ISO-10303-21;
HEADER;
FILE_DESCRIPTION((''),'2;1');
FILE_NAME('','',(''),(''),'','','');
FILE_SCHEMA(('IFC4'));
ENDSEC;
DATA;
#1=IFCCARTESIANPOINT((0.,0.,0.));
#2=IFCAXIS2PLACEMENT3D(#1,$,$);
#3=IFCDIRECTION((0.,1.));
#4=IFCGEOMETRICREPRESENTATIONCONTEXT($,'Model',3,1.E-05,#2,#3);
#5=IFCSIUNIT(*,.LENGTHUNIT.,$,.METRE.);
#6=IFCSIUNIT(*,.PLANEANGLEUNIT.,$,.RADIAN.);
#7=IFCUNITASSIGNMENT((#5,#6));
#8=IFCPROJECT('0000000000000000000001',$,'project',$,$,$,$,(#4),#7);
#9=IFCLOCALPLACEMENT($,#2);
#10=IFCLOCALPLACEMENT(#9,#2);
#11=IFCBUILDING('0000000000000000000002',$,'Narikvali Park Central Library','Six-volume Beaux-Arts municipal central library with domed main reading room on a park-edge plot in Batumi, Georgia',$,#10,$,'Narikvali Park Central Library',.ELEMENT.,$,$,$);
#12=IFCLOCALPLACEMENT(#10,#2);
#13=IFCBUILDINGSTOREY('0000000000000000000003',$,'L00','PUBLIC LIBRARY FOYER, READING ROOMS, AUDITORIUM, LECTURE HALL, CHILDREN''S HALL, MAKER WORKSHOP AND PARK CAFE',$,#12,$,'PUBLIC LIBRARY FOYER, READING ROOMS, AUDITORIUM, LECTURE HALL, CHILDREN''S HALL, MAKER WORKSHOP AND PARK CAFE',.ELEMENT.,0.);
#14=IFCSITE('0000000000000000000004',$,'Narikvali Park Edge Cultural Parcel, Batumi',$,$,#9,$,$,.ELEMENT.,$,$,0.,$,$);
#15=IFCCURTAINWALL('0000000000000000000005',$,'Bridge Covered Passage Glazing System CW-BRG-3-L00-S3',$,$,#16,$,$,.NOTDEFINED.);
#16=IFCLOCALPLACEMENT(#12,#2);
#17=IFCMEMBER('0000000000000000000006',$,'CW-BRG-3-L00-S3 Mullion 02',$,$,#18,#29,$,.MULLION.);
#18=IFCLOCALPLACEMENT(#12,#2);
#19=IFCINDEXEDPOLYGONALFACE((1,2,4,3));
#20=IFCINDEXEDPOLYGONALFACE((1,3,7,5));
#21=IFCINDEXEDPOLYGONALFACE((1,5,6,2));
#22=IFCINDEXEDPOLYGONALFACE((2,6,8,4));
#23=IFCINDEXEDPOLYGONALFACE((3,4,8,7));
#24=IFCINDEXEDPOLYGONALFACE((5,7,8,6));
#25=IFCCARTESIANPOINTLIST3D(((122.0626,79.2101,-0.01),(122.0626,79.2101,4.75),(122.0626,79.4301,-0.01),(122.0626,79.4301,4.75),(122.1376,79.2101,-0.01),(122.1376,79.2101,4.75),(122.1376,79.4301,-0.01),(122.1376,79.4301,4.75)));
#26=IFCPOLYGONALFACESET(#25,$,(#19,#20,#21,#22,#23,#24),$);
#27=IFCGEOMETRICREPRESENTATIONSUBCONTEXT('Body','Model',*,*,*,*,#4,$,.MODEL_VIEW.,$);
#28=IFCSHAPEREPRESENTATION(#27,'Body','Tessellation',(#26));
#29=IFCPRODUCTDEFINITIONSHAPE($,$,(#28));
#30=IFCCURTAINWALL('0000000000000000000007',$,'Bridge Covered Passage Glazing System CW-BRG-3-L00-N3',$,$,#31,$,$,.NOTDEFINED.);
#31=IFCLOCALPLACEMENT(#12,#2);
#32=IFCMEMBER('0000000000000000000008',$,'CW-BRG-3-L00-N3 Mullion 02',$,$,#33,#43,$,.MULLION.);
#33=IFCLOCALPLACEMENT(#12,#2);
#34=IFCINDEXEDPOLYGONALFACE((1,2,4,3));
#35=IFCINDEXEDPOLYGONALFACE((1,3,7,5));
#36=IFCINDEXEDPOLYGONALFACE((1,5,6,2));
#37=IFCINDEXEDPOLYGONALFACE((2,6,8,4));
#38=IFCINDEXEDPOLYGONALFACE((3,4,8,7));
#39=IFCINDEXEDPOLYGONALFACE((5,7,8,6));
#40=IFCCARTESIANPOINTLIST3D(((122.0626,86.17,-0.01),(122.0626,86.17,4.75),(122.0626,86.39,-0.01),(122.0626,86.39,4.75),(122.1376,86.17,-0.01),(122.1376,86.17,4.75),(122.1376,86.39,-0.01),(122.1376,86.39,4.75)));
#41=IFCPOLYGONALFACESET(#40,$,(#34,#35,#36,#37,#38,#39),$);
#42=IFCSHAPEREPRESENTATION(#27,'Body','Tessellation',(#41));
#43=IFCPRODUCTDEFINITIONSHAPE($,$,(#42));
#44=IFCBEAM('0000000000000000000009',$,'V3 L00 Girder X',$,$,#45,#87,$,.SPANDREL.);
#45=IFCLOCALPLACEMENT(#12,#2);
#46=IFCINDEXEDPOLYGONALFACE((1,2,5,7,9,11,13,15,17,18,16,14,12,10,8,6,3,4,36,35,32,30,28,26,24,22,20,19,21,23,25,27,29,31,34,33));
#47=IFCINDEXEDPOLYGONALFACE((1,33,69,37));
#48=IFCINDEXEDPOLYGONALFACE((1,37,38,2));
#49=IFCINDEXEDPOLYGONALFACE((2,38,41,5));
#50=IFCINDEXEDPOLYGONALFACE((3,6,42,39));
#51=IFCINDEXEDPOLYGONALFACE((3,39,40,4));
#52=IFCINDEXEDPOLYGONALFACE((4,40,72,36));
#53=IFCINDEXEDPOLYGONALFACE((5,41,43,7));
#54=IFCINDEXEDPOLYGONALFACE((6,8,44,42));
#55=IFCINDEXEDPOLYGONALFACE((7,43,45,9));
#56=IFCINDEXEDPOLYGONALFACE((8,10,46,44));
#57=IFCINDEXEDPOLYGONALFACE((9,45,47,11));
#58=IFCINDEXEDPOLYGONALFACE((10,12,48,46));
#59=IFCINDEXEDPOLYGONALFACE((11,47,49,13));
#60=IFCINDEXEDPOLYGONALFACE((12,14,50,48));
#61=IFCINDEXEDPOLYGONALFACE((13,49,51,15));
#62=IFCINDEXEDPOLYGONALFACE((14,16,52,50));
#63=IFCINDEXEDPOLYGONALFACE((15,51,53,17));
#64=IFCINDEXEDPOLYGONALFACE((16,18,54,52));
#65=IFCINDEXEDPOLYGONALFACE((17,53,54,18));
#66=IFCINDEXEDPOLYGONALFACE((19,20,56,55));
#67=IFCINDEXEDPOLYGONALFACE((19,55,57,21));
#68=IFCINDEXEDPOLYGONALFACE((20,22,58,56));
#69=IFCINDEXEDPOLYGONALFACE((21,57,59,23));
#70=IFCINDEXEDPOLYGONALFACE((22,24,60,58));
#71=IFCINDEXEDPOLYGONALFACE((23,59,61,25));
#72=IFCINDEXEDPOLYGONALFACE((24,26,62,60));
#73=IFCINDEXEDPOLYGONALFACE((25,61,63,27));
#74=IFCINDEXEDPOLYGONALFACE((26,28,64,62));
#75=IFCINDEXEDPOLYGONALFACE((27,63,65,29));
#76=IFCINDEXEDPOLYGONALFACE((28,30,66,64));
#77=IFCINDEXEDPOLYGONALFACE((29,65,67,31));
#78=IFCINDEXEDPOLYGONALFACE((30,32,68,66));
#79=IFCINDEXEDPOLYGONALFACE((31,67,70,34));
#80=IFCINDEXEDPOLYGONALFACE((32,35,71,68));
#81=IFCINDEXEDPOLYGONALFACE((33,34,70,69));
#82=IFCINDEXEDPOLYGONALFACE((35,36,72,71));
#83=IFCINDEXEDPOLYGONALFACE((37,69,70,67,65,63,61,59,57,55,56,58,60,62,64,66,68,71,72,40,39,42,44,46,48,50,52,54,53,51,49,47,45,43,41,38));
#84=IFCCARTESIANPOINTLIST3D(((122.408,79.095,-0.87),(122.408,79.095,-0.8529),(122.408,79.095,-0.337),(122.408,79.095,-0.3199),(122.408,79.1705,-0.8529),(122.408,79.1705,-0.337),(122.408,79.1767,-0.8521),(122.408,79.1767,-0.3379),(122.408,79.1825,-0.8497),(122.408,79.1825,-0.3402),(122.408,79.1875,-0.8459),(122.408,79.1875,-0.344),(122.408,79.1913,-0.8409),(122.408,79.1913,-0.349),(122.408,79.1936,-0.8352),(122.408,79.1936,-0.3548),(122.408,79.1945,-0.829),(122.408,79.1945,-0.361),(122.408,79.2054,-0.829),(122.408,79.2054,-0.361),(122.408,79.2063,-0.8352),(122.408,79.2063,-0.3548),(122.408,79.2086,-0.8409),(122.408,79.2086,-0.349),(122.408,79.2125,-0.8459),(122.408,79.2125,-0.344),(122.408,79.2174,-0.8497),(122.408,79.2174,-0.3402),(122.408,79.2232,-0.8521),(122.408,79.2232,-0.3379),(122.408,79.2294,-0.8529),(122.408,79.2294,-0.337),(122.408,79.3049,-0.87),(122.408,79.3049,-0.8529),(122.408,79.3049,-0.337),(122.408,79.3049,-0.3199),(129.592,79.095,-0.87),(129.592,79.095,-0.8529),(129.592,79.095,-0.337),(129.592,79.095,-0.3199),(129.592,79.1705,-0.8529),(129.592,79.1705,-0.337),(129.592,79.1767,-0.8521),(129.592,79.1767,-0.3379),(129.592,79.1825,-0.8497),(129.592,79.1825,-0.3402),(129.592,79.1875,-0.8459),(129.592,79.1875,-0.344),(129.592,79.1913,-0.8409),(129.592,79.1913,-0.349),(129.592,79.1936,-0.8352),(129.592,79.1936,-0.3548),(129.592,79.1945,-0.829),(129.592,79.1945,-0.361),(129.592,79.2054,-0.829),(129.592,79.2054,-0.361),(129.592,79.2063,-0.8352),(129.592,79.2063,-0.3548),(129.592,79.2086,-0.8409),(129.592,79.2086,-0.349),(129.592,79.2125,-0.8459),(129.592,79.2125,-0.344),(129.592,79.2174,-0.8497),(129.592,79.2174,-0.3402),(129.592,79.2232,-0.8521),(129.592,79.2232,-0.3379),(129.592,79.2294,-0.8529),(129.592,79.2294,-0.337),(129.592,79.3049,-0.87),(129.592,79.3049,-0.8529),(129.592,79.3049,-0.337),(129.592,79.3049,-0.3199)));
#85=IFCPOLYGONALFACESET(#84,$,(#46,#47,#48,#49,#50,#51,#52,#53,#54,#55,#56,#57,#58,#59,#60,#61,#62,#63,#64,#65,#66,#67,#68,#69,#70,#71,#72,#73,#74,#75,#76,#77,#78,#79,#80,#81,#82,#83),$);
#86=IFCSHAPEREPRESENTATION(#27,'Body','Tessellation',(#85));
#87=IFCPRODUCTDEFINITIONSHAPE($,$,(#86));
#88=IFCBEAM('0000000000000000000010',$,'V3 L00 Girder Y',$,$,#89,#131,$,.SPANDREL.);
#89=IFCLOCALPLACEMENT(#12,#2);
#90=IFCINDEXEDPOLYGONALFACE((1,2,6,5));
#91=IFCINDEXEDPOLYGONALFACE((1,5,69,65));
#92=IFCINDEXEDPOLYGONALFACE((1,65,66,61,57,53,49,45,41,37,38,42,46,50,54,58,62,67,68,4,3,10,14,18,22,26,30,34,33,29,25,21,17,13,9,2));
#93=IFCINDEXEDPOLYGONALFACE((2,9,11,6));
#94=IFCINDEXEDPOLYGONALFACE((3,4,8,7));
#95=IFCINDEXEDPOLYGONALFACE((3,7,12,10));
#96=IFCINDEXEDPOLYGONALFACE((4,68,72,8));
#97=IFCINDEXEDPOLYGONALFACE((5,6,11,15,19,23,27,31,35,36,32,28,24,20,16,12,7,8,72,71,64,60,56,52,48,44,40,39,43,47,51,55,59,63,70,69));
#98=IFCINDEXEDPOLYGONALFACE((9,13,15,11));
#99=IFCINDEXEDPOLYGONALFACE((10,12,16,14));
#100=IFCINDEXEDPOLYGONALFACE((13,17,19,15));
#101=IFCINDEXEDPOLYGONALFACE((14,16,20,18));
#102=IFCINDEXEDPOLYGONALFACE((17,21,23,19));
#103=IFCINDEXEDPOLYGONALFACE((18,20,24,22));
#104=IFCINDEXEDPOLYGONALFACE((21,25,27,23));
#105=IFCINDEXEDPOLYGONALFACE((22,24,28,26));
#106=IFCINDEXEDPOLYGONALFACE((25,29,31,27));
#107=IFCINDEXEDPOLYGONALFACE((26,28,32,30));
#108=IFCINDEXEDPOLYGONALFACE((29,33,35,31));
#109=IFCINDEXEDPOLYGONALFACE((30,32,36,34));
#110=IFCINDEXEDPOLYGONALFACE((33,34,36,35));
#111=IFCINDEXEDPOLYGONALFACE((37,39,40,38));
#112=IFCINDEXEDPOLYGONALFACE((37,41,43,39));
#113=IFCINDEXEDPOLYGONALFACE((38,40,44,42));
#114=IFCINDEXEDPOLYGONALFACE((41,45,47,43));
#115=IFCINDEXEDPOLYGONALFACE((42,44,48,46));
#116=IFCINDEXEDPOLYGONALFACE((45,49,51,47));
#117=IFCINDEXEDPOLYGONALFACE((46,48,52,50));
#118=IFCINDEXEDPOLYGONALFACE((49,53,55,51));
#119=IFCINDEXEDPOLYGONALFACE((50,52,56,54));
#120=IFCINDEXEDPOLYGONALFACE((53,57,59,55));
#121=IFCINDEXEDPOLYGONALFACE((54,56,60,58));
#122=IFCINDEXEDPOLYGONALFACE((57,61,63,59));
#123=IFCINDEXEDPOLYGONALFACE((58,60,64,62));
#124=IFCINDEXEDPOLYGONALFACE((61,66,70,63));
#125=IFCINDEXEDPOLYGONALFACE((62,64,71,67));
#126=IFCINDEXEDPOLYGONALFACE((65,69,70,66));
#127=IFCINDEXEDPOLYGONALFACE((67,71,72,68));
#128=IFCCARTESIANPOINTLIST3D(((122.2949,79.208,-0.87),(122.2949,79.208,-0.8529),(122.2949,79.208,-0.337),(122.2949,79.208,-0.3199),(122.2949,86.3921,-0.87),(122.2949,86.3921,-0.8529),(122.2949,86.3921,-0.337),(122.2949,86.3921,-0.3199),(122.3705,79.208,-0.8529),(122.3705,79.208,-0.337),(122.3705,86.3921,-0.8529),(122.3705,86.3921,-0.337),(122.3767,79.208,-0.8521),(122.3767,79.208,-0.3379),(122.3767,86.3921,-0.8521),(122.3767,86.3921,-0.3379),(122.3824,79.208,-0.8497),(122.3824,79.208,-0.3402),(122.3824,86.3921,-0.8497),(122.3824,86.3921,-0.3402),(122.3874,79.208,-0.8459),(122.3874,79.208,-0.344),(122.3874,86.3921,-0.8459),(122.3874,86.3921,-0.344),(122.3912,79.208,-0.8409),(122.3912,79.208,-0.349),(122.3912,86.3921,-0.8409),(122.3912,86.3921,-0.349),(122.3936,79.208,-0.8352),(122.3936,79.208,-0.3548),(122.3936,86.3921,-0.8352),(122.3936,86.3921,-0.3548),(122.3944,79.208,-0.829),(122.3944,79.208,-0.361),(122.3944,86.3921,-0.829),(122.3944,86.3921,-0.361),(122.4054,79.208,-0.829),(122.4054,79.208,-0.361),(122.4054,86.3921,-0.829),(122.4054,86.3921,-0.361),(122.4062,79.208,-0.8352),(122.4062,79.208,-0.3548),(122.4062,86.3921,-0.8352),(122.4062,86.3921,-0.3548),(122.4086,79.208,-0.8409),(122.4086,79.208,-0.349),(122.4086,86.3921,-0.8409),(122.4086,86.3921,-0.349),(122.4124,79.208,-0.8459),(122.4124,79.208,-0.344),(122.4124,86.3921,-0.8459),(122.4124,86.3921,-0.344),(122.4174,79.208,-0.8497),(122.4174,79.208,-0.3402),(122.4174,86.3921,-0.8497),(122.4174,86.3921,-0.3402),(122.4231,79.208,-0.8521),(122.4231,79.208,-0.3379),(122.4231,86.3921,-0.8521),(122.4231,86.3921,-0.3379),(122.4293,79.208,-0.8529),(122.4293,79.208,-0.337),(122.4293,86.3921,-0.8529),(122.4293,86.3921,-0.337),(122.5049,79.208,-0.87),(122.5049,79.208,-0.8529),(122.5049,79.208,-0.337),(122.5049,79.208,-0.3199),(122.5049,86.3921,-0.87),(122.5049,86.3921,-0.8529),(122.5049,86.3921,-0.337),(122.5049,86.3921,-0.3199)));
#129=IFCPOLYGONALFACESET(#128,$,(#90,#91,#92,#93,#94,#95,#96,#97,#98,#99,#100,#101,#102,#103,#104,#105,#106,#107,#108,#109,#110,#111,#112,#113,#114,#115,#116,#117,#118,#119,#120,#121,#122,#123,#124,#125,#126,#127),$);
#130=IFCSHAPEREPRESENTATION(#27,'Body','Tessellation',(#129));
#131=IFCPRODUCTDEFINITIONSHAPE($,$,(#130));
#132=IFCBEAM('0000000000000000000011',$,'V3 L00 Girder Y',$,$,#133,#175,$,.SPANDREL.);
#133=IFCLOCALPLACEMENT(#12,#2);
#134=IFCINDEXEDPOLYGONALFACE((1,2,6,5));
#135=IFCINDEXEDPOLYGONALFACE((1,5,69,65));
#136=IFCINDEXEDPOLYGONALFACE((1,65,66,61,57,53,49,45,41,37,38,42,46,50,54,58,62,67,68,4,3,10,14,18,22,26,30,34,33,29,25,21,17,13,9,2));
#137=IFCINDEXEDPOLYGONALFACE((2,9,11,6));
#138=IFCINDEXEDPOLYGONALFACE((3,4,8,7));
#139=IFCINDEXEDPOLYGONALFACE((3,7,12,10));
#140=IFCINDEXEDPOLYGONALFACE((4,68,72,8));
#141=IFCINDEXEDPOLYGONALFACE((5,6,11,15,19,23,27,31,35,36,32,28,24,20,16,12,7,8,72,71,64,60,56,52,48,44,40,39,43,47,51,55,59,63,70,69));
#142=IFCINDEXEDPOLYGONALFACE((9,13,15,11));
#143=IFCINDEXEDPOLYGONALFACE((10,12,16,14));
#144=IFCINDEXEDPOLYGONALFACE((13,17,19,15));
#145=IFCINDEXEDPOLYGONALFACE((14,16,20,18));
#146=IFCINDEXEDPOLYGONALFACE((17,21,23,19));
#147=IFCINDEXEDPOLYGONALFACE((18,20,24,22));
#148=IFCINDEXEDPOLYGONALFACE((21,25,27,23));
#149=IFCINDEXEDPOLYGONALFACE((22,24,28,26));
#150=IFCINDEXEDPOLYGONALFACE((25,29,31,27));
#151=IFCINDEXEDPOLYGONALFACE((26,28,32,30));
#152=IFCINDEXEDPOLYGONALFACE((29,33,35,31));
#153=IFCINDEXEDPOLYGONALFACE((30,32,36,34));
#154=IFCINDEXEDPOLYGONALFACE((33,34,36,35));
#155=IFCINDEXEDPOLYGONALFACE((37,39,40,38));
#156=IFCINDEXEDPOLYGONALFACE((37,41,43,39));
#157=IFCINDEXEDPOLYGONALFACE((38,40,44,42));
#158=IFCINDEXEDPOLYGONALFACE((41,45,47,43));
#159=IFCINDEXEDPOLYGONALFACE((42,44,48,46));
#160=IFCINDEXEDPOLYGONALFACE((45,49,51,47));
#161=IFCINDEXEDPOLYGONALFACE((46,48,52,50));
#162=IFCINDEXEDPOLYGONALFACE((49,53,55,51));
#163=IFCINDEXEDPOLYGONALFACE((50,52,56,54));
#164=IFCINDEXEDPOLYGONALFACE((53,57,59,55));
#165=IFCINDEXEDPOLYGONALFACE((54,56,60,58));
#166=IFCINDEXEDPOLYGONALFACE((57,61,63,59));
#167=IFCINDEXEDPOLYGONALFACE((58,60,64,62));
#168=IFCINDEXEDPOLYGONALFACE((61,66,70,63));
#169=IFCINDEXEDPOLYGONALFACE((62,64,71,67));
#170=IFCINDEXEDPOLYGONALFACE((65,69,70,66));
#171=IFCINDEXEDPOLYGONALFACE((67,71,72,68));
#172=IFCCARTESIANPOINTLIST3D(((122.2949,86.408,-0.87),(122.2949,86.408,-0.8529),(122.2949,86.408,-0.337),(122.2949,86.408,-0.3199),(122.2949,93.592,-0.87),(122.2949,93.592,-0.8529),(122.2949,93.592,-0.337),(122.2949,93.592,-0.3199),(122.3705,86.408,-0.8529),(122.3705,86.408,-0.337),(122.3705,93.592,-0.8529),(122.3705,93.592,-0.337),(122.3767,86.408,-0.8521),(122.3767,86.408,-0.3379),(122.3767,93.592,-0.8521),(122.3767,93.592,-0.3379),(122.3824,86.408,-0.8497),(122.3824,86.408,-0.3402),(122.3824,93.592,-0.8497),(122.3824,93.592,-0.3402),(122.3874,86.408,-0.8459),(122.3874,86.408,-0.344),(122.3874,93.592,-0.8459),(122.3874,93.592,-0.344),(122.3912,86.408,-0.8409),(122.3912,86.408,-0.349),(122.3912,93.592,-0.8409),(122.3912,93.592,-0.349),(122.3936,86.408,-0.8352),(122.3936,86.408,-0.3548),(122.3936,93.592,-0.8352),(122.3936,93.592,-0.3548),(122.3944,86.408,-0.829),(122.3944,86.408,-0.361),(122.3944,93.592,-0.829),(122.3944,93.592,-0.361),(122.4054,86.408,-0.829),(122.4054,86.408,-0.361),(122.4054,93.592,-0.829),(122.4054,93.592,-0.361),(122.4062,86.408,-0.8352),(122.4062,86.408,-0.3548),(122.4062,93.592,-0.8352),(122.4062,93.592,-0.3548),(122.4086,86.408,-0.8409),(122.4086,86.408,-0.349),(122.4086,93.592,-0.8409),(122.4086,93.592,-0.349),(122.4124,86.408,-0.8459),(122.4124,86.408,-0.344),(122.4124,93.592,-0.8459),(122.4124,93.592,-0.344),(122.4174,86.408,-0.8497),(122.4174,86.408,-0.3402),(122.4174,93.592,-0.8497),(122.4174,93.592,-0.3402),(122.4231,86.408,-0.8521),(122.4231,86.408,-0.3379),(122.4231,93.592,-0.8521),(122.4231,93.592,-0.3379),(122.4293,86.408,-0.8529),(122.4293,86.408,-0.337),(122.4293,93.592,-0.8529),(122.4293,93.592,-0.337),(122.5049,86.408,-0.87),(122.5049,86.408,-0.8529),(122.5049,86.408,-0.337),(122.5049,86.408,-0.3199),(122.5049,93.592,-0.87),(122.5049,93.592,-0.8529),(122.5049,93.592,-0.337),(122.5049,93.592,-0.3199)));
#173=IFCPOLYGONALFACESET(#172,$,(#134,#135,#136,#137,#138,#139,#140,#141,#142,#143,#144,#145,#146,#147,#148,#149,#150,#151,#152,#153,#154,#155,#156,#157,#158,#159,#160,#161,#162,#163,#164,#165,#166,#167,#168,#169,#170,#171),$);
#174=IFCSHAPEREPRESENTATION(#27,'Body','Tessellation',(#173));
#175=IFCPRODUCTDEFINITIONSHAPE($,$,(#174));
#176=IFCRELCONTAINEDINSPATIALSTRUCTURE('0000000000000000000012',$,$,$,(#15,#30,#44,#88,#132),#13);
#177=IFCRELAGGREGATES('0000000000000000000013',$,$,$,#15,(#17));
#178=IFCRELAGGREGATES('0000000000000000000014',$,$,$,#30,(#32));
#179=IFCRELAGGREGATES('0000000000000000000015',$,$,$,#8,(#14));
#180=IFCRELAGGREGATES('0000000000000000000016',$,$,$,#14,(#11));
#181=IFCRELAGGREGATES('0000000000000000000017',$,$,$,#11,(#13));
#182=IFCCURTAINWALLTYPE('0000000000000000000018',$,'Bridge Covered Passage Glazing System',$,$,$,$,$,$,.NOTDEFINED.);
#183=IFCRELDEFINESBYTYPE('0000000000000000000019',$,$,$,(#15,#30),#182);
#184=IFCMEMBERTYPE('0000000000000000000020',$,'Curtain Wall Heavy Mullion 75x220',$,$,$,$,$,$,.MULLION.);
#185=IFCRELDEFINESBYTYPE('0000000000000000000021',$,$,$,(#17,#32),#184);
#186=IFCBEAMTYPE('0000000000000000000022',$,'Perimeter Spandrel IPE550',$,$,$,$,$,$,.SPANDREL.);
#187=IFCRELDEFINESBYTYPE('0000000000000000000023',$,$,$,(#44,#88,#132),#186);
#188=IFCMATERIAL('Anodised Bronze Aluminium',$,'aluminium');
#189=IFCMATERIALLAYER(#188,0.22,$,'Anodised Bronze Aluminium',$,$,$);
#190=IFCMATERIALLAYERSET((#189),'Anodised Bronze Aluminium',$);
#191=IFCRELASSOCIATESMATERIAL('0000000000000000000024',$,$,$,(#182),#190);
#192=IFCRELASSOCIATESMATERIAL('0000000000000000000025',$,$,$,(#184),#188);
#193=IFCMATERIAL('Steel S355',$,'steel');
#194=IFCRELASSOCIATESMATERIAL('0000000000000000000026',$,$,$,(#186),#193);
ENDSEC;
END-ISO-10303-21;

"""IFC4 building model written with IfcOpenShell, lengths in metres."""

from ifc_helpers import new_model, si_unit, direction, frame, origin, origin_2d, place, context, subcontext, project, spatial, rectangle, i_section, extrude, material, layer, layer_set, material_profile, profile_set, type_object, element, aggregate, save


model = new_model("IFC4")

# Units and contexts
model_context = context("Model", 3, precision=1e-05, world=origin(), true_north=direction((0.0, 1.0)))
body_context = subcontext(model_context, "Body", "Model", "MODEL_VIEW")
ifc_project = project(units=[si_unit("LENGTHUNIT", "METRE"), si_unit("PLANEANGLEUNIT", "RADIAN")], contexts=[model_context])

# Site, building, storey
site_placement = place(None, origin())
site = spatial("IfcSite", under=ifc_project, at=site_placement, Name="Narikvali Park Edge Cultural Parcel, Batumi", CompositionType="ELEMENT", RefElevation=0.0)
building_placement = place(site_placement, origin())
building = spatial("IfcBuilding", under=site, at=building_placement, Name="Narikvali Park Central Library", Description="Six-volume Beaux-Arts municipal central library with domed main reading room on a park-edge plot in Batumi, Georgia", LongName="Narikvali Park Central Library", CompositionType="ELEMENT")
storey_placement = place(building_placement, origin())
storey = spatial("IfcBuildingStorey", under=building, at=storey_placement, Name="L00", Description="PUBLIC LIBRARY FOYER, READING ROOMS, AUDITORIUM, LECTURE HALL, CHILDREN'S HALL, MAKER WORKSHOP AND PARK CAFE", LongName="PUBLIC LIBRARY FOYER, READING ROOMS, AUDITORIUM, LECTURE HALL, CHILDREN'S HALL, MAKER WORKSHOP AND PARK CAFE", CompositionType="ELEMENT", Elevation=0.0)

# Shared definitions
ifc_material_1 = material(Name="Steel S355", Category="steel")

# Curtain walls, members
ifc_material_2 = material(Name="Anodised Bronze Aluminium", Category="aluminium")
ifc_layer_1 = layer(ifc_material_2, 0.22, Name="Anodised Bronze Aluminium")
ifc_layer_set_1 = layer_set([ifc_layer_1], Name="Anodised Bronze Aluminium")
curtain_wall_type = type_object("IfcCurtainWallType", Name="Bridge Covered Passage Glazing System", PredefinedType="NOTDEFINED", material=ifc_layer_set_1)
curtain_wall_1_placement = place(storey_placement, origin())
curtain_wall_1 = element("IfcCurtainWall", 1, at=curtain_wall_1_placement, inside=storey, type_object=curtain_wall_type, Name="Bridge Covered Passage Glazing System CW-BRG-3-L00-S3", PredefinedType="NOTDEFINED")
ifc_material_profile_1 = material_profile(ifc_material_2, rectangle(XDim=0.075, YDim=0.22, at=origin_2d()), Name="CW MULLION 75x220")
ifc_profile_set_1 = profile_set([ifc_material_profile_1], Name="Anodised Bronze Aluminium")
member_type = type_object("IfcMemberType", Name="Curtain Wall Heavy Mullion 75x220", PredefinedType="MULLION", material=ifc_profile_set_1)
member_1_placement = place(storey_placement, frame((122.1001, 79.3201, -0.01), z_axis=(0.0, 0.0, 1.0), x_axis=(1.0, 0.0, 0.0)))
member_1 = element("IfcMember", 2, at=member_1_placement, type_object=member_type, Name="CW-BRG-3-L00-S3 Mullion 02", PredefinedType="MULLION", context=body_context, shape_type="SweptSolid", body=[
    extrude(rectangle(XDim=0.075, YDim=0.22, at=origin_2d()), origin(), (0.0, 0.0, 1.0), 4.76),
])
aggregate(curtain_wall_1, [member_1])
curtain_wall_2_placement = place(storey_placement, origin())
curtain_wall_2 = element("IfcCurtainWall", 3, at=curtain_wall_2_placement, inside=storey, type_object=curtain_wall_type, Name="Bridge Covered Passage Glazing System CW-BRG-3-L00-N3", PredefinedType="NOTDEFINED")
member_2_placement = place(storey_placement, frame((122.1001, 86.28, -0.01), z_axis=(0.0, 0.0, 1.0), x_axis=(1.0, 0.0, 0.0)))
member_2 = element("IfcMember", 4, at=member_2_placement, type_object=member_type, Name="CW-BRG-3-L00-N3 Mullion 02", PredefinedType="MULLION", context=body_context, shape_type="SweptSolid", body=[
    extrude(rectangle(XDim=0.075, YDim=0.22, at=origin_2d()), origin(), (0.0, 0.0, 1.0), 4.76),
])
aggregate(curtain_wall_2, [member_2])

# Beams
ifc_material_profile_2 = material_profile(ifc_material_1, i_section(OverallWidth=0.21, OverallDepth=0.55, WebThickness=0.011, FlangeThickness=0.0171, FilletRadius=0.0239, at=origin_2d()), Name="IPE 550")
ifc_profile_set_2 = profile_set([ifc_material_profile_2], Name="Steel S355")
beam_type_1 = type_object("IfcBeamType", Name="Perimeter Spandrel IPE550", PredefinedType="SPANDREL", material=ifc_profile_set_2)
for number, where, z_axis, x_axis, name in (
    (5, (122.408, 79.2, -0.595), (1.0, 0.0, 0.0), (0.0, 1.0, 0.0), "V3 L00 Girder X"),
    (6, (122.3999, 79.208, -0.595), (0.0, 1.0, 0.0), (-1.0, 0.0, 0.0), "V3 L00 Girder Y"),
    (7, (122.3999, 86.408, -0.595), (0.0, 1.0, 0.0), (-1.0, 0.0, 0.0), "V3 L00 Girder Y"),
):
    element("IfcBeam", number, at=place(storey_placement, frame(where, z_axis=z_axis, x_axis=x_axis)), inside=storey, type_object=beam_type_1, Name=name, PredefinedType="SPANDREL", context=body_context, shape_type="SweptSolid", body=[
        extrude(i_section(OverallWidth=0.21, OverallDepth=0.55, WebThickness=0.011, FlangeThickness=0.0171, FilletRadius=0.0239, at=origin_2d()), origin(), (0.0, 0.0, 1.0), 7.1841),
    ])

save(model, "model.ifc")
